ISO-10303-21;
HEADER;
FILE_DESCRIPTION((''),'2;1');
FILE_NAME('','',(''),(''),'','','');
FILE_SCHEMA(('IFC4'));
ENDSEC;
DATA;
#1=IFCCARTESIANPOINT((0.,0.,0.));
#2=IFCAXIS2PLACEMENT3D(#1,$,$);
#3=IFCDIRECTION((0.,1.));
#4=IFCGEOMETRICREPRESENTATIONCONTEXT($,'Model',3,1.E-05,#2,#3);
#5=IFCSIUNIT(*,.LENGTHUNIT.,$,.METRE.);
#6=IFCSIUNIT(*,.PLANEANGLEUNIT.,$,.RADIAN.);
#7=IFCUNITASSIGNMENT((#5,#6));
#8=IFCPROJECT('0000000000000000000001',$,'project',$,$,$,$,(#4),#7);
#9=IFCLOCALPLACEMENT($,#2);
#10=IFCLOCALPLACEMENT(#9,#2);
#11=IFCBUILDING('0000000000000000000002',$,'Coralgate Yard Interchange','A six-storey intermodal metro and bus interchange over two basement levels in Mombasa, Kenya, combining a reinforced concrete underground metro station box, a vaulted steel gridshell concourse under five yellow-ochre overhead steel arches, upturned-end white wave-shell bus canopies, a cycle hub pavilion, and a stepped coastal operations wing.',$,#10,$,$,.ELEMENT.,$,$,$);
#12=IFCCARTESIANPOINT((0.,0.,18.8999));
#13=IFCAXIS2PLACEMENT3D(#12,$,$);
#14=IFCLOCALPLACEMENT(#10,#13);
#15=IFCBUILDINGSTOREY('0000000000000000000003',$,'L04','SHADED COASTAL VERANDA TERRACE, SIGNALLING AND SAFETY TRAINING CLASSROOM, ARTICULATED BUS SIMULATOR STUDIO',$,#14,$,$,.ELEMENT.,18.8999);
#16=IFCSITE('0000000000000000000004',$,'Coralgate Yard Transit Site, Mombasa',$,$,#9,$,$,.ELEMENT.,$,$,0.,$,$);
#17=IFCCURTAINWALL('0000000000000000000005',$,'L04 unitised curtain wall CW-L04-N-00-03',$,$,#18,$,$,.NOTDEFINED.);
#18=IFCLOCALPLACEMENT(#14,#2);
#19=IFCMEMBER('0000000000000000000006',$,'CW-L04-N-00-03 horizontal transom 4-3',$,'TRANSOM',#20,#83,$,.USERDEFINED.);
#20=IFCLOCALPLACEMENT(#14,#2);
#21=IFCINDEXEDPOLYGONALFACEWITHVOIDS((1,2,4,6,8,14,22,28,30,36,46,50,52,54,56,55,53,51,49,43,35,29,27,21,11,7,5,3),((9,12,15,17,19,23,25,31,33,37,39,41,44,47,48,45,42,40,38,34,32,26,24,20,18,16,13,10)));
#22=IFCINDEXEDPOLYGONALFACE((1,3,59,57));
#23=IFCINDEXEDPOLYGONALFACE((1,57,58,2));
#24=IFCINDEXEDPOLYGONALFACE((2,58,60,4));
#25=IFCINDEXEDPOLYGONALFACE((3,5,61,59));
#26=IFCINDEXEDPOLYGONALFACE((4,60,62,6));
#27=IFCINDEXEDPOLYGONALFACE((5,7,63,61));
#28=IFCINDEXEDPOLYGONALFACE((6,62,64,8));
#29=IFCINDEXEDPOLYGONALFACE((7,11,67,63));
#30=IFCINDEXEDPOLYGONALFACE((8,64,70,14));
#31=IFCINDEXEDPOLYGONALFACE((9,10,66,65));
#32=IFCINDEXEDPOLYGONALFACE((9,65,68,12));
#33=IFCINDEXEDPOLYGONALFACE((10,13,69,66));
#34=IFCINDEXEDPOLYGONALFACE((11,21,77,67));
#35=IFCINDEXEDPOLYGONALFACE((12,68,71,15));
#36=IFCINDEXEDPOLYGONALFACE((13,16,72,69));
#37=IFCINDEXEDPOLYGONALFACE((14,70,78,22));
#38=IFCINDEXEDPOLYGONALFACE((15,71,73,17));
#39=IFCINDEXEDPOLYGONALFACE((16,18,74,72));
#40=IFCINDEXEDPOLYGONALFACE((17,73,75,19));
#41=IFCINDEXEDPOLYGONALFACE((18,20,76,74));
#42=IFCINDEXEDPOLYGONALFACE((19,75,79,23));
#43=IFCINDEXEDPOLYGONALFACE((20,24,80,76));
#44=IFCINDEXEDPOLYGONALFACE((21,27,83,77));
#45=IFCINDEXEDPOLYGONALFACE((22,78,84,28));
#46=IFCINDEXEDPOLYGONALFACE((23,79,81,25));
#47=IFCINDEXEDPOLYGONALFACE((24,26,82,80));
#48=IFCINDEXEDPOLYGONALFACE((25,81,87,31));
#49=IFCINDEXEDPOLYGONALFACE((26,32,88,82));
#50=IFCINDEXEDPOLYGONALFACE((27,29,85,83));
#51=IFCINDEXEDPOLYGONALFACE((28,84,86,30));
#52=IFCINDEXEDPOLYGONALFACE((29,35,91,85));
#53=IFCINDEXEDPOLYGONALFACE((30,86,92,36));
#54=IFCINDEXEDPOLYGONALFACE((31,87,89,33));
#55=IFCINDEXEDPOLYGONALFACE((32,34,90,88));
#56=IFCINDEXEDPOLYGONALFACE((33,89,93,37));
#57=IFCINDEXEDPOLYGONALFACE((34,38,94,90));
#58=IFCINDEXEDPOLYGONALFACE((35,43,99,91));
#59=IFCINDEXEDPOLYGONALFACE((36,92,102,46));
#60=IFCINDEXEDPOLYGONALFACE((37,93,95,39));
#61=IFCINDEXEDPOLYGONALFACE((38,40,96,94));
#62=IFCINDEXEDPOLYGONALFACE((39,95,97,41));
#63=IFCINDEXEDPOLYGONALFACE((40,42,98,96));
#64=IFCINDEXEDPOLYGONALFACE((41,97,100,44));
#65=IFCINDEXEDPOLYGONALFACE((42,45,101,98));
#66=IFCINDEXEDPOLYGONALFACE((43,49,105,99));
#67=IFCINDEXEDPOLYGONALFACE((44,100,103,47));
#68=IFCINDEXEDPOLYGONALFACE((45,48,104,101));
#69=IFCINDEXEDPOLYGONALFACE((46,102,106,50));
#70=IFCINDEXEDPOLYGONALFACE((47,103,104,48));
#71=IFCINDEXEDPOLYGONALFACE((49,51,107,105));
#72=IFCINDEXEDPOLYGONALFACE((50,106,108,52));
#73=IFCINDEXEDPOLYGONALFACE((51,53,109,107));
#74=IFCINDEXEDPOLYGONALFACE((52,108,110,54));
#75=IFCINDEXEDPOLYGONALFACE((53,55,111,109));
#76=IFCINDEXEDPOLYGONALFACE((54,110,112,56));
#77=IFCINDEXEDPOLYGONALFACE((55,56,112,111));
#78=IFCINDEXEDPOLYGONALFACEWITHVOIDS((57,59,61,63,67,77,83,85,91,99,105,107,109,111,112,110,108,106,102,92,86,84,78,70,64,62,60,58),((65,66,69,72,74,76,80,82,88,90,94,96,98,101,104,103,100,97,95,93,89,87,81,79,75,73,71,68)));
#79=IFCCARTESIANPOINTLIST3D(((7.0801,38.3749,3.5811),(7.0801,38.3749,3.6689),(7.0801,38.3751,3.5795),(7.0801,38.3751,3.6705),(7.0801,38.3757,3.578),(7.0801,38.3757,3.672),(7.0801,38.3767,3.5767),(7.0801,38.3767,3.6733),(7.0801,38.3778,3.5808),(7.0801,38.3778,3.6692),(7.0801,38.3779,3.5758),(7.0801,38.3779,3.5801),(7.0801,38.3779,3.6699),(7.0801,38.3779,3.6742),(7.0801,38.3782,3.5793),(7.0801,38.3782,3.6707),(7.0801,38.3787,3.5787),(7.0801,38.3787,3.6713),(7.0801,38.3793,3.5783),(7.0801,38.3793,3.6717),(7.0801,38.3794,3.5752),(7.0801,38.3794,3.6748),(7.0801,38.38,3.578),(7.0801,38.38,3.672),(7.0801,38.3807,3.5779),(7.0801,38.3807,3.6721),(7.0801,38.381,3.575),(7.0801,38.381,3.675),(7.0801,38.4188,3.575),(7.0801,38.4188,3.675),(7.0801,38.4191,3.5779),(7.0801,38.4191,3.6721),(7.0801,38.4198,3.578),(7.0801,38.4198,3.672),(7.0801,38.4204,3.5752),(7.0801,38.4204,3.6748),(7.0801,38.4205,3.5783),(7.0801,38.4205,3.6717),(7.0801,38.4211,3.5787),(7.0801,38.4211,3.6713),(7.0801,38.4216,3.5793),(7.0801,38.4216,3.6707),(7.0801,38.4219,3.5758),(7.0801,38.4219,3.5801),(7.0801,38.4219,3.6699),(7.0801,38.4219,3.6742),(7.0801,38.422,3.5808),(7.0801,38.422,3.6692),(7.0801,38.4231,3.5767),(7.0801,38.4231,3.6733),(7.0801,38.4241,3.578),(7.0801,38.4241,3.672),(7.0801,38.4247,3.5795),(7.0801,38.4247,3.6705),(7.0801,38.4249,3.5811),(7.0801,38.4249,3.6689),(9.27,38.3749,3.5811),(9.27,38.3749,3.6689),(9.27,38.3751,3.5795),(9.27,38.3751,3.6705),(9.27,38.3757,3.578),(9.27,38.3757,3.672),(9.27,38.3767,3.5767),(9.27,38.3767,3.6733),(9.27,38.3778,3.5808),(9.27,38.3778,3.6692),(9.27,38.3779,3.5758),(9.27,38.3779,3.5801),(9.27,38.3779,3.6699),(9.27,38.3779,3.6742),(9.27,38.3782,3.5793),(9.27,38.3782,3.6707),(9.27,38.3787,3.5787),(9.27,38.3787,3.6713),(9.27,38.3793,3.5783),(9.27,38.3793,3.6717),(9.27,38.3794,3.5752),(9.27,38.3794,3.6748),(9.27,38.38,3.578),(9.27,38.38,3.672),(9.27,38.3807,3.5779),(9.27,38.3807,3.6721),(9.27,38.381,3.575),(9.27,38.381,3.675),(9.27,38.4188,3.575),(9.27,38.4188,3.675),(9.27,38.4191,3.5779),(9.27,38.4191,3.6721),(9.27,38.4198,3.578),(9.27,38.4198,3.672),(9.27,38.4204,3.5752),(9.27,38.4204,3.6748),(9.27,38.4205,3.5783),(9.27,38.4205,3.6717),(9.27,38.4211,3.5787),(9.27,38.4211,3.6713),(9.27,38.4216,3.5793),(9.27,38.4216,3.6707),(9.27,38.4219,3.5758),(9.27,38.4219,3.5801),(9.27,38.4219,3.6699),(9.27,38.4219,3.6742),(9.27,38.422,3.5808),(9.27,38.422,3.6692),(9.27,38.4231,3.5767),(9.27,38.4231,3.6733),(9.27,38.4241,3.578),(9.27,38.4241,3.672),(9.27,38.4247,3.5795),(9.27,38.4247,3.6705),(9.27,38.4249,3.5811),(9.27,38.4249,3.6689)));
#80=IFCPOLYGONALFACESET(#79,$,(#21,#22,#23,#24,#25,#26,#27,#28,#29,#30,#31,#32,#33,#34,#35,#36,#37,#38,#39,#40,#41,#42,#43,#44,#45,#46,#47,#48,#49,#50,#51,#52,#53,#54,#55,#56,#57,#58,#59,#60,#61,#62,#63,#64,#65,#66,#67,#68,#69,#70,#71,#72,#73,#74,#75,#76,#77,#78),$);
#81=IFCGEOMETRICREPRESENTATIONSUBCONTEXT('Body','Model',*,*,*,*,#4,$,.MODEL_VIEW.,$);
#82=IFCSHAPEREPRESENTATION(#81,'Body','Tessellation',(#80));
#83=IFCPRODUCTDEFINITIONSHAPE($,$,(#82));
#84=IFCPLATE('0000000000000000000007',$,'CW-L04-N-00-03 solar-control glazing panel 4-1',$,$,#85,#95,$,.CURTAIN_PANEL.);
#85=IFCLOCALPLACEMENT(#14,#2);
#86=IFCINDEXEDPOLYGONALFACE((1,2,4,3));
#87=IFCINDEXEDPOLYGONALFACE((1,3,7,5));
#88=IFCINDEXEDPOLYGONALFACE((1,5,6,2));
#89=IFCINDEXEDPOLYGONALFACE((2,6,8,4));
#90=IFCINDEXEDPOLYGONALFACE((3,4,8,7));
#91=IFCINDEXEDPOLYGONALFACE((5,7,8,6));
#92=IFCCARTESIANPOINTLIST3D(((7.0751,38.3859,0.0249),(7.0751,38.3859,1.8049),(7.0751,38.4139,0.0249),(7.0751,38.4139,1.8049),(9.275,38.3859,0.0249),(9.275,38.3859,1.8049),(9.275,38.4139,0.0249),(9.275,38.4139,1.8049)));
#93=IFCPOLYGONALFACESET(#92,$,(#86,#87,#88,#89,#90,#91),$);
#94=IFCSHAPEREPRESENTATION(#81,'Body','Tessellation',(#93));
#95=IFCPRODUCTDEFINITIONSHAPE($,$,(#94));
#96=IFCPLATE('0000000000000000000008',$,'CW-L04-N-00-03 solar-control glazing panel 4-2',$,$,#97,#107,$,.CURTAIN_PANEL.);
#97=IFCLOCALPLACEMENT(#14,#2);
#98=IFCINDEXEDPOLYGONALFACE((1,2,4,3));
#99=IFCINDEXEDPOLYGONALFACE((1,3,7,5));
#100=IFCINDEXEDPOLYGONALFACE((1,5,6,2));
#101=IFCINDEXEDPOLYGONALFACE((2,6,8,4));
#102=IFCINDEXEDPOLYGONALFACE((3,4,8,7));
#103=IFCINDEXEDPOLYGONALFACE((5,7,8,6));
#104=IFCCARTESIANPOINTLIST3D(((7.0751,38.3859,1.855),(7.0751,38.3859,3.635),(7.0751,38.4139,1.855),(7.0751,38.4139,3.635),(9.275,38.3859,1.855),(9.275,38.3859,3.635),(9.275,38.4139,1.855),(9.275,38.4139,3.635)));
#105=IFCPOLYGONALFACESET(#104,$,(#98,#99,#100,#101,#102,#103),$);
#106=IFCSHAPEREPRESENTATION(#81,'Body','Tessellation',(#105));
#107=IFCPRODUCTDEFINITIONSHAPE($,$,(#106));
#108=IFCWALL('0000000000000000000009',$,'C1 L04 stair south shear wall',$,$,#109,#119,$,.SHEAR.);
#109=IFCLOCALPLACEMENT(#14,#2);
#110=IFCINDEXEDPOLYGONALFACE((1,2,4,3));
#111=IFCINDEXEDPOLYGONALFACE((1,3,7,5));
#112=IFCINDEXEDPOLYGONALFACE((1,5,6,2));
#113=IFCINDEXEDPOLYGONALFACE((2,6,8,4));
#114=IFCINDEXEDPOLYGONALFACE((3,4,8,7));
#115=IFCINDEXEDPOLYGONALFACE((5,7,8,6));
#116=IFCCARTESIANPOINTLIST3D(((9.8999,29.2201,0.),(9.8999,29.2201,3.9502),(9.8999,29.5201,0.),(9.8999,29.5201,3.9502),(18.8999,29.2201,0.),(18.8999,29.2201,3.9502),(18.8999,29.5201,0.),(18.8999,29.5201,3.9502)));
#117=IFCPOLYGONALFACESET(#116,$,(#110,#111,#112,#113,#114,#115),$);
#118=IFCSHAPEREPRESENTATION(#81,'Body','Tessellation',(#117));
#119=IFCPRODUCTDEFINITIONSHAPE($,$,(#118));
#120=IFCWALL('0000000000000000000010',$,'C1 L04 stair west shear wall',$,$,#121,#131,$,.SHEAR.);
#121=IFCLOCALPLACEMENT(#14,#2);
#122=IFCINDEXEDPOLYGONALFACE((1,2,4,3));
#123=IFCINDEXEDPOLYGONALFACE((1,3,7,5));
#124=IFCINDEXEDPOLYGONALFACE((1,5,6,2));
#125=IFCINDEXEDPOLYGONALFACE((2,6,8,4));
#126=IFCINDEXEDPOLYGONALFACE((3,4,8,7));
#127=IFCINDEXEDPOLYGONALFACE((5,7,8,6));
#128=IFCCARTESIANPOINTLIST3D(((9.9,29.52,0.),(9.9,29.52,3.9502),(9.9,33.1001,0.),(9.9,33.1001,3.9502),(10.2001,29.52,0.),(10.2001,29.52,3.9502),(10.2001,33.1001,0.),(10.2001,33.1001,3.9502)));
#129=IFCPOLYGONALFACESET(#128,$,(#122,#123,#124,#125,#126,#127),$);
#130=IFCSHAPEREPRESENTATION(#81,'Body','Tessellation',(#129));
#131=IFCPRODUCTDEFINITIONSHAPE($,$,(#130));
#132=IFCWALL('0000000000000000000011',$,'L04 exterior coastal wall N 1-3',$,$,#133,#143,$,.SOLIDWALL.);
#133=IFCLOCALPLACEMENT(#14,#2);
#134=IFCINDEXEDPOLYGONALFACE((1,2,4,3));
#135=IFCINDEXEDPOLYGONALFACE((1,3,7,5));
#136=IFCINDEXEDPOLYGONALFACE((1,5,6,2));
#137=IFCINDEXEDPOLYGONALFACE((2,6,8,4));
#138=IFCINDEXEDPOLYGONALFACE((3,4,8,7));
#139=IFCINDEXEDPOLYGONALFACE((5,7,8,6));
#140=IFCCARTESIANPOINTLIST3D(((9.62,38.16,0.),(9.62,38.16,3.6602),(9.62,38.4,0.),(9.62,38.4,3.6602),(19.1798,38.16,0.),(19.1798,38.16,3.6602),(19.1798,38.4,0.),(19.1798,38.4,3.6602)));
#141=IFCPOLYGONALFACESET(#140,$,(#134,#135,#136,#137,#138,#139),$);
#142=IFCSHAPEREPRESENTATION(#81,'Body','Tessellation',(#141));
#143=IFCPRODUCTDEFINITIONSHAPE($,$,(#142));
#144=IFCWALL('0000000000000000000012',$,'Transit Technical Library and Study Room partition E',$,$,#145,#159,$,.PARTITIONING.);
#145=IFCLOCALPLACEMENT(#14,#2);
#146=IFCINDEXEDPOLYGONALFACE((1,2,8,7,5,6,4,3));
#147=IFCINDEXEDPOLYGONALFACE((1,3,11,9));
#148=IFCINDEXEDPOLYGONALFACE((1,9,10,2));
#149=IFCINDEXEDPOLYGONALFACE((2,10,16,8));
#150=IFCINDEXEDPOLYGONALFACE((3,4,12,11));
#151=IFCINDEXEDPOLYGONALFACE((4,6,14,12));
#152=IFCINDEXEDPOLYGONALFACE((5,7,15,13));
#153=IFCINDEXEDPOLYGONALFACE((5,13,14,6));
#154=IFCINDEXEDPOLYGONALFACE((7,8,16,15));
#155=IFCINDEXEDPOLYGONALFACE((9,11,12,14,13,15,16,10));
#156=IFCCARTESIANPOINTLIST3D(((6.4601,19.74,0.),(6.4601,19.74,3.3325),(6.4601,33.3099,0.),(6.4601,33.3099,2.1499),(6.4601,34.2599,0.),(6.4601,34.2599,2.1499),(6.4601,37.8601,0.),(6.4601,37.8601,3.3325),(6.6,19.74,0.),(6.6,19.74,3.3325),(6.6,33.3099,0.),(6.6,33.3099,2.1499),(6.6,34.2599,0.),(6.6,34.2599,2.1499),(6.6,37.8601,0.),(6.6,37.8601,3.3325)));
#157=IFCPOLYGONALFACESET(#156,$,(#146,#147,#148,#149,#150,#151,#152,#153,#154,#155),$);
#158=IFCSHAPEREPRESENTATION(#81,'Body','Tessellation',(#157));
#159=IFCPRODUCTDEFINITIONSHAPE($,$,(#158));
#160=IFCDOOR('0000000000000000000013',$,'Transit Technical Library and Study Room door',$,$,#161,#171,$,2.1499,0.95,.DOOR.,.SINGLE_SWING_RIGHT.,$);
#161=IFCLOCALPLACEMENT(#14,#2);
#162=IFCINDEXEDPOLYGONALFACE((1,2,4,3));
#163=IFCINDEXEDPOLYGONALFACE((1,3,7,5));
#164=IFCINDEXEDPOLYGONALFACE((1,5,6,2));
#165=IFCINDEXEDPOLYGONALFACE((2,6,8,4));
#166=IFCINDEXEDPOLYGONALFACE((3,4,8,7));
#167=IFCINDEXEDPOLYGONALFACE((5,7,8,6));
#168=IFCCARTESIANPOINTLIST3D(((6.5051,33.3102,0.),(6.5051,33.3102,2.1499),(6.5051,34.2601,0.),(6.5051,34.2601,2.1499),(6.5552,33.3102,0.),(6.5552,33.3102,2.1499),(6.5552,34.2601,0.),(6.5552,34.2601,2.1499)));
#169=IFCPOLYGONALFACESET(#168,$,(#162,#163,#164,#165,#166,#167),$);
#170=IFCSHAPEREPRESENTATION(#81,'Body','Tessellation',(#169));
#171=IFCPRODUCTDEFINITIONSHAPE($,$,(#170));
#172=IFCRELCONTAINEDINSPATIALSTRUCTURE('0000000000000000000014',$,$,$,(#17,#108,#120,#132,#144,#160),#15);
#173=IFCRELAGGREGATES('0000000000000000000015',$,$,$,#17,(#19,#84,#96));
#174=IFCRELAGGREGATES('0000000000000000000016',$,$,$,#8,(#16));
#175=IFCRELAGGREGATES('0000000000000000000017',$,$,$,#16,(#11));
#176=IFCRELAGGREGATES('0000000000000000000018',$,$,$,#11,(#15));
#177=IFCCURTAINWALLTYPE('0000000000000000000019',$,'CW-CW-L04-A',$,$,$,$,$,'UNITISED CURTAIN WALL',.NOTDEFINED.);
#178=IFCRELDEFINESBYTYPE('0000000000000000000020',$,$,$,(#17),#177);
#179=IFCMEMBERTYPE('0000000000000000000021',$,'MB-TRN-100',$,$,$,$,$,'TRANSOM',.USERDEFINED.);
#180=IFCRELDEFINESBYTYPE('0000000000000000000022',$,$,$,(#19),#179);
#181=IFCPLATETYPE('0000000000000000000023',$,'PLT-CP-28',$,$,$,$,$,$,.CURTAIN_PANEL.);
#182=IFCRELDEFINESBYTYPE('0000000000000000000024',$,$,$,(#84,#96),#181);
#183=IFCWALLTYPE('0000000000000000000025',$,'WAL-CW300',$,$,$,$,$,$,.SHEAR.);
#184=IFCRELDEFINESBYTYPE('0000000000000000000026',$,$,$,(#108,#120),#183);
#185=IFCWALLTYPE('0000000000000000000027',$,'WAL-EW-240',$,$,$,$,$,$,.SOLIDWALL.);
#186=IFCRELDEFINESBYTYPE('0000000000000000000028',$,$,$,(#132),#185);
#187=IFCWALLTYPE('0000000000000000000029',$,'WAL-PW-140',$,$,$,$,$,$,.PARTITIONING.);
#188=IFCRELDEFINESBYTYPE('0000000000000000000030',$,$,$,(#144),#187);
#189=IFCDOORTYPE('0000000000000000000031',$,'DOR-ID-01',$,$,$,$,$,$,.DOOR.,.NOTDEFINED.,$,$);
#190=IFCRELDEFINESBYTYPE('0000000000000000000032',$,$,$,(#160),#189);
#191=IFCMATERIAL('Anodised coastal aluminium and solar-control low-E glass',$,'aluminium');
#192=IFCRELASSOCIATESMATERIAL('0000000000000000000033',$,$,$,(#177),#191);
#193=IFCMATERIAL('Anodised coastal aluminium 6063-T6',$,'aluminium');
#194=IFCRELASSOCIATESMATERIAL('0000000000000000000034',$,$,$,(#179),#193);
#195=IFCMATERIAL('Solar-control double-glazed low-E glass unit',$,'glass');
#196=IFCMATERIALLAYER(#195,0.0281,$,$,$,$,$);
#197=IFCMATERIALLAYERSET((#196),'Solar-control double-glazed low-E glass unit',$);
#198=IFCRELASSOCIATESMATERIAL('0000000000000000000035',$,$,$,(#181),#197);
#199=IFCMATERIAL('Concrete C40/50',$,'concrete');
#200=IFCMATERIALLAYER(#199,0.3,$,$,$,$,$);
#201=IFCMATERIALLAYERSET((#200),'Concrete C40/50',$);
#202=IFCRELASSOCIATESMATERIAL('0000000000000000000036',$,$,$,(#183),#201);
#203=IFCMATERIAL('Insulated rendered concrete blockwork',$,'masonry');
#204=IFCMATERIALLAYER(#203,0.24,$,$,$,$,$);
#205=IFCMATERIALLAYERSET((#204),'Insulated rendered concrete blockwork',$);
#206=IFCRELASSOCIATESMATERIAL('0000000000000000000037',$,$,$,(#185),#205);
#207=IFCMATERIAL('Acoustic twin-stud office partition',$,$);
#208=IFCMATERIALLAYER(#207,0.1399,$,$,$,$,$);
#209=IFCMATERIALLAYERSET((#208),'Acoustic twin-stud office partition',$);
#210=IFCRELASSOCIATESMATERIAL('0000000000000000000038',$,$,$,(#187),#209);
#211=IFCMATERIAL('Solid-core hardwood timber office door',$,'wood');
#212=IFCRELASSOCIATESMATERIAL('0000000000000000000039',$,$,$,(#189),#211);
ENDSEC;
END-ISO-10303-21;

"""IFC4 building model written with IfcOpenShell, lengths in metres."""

from ifc_helpers import new_model, si_unit, direction, frame, frame_2d, origin, origin_2d, place, context, subcontext, project, spatial, rectangle, hollow_rectangle, extrude, material, layer, layer_set, material_profile, profile_set, type_object, element, fill, aggregate, save


model = new_model("IFC4")

# Units and contexts
model_context = context("Model", 3, precision=1e-05, world=origin(), true_north=direction((0.0, 1.0)))
body_context = subcontext(model_context, "Body", "Model", "MODEL_VIEW")
ifc_project = project(units=[si_unit("LENGTHUNIT", "METRE"), si_unit("PLANEANGLEUNIT", "RADIAN")], contexts=[model_context])

# Site, building, storey
site_placement = place(None, origin())
site = spatial("IfcSite", under=ifc_project, at=site_placement, Name="Coralgate Yard Transit Site, Mombasa", CompositionType="ELEMENT", RefElevation=0.0)
building_placement = place(site_placement, origin())
building = spatial("IfcBuilding", under=site, at=building_placement, Name="Coralgate Yard Interchange", Description="A six-storey intermodal metro and bus interchange over two basement levels in Mombasa, Kenya, combining a reinforced concrete underground metro station box, a vaulted steel gridshell concourse under five yellow-ochre overhead steel arches, upturned-end white wave-shell bus canopies, a cycle hub pavilion, and a stepped coastal operations wing.", CompositionType="ELEMENT")
storey_placement = place(building_placement, frame((0.0, 0.0, 18.8999)))
storey = spatial("IfcBuildingStorey", under=building, at=storey_placement, Name="L04", Description="SHADED COASTAL VERANDA TERRACE, SIGNALLING AND SAFETY TRAINING CLASSROOM, ARTICULATED BUS SIMULATOR STUDIO", CompositionType="ELEMENT", Elevation=18.8999)

# Curtain wall, member, plates
ifc_material_1 = material(Name="Anodised coastal aluminium and solar-control low-E glass", Category="aluminium")
curtain_wall_type = type_object("IfcCurtainWallType", Name="CW-CW-L04-A", ElementType="UNITISED CURTAIN WALL", PredefinedType="NOTDEFINED", material=ifc_material_1)
curtain_wall_placement = place(storey_placement, origin())
curtain_wall = element("IfcCurtainWall", 1, at=curtain_wall_placement, inside=storey, type_object=curtain_wall_type, Name="L04 unitised curtain wall CW-L04-N-00-03", PredefinedType="NOTDEFINED")
ifc_material_2 = material(Name="Anodised coastal aluminium 6063-T6", Category="aluminium")
ifc_material_profile_1 = material_profile(ifc_material_2, hollow_rectangle(XDim=0.05, YDim=0.1001, WallThickness=0.0029, InnerFilletRadius=0.0029, OuterFilletRadius=0.0061, at=origin_2d()), Name="ALU 50x100x3")
ifc_profile_set_1 = profile_set([ifc_material_profile_1], Name="Anodised coastal aluminium 6063-T6")
member_type_1 = type_object("IfcMemberType", Name="MB-TRN-100", ElementType="TRANSOM", PredefinedType="USERDEFINED", material=ifc_profile_set_1)
member_1_placement = place(storey_placement, frame((7.0801, 38.3999, 3.625), z_axis=(1.0, 0.0, 0.0), x_axis=(0.0, 1.0, 0.0)))
member_1 = element("IfcMember", 2, at=member_1_placement, type_object=member_type_1, Name="CW-L04-N-00-03 horizontal transom 4-3", ObjectType="TRANSOM", PredefinedType="USERDEFINED", context=body_context, shape_type="SweptSolid", body=[
    extrude(hollow_rectangle(XDim=0.05, YDim=0.1001, WallThickness=0.0029, InnerFilletRadius=0.0029, OuterFilletRadius=0.0061, at=origin_2d()), origin(), (0.0, 0.0, 1.0), 2.1899),
])
ifc_material_3 = material(Name="Solar-control double-glazed low-E glass unit", Category="glass")
ifc_layer_1 = layer(ifc_material_3, 0.0281)
ifc_layer_set_1 = layer_set([ifc_layer_1], Name="Solar-control double-glazed low-E glass unit")
plate_type = type_object("IfcPlateType", Name="PLT-CP-28", PredefinedType="CURTAIN_PANEL", material=ifc_layer_set_1)
plate_1_placement = place(storey_placement, frame((8.175, 38.3999, 0.0249), z_axis=(0.0, 0.0, 1.0), x_axis=(1.0, 0.0, 0.0)))
plate_1 = element("IfcPlate", 3, at=plate_1_placement, type_object=plate_type, Name="CW-L04-N-00-03 solar-control glazing panel 4-1", PredefinedType="CURTAIN_PANEL", context=body_context, shape_type="SweptSolid", body=[
    extrude(rectangle(XDim=2.2, YDim=0.0281, at=origin_2d()), origin(), (0.0, 0.0, 1.0), 1.78),
])
plate_2_placement = place(storey_placement, frame((8.175, 38.3999, 1.855), z_axis=(0.0, 0.0, 1.0), x_axis=(1.0, 0.0, 0.0)))
plate_2 = element("IfcPlate", 4, at=plate_2_placement, type_object=plate_type, Name="CW-L04-N-00-03 solar-control glazing panel 4-2", PredefinedType="CURTAIN_PANEL", context=body_context, shape_type="SweptSolid", body=[
    extrude(rectangle(XDim=2.2, YDim=0.0281, at=origin_2d()), origin(), (0.0, 0.0, 1.0), 1.78),
])
aggregate(curtain_wall, [member_1, plate_1, plate_2])

# Walls
ifc_material_4 = material(Name="Concrete C40/50", Category="concrete")
ifc_layer_2 = layer(ifc_material_4, 0.3)
ifc_layer_set_2 = layer_set([ifc_layer_2], Name="Concrete C40/50")
wall_type_1 = type_object("IfcWallType", Name="WAL-CW300", PredefinedType="SHEAR", material=ifc_layer_set_2)
wall_1_placement = place(storey_placement, frame((9.8999, 29.3701, 0.0), z_axis=(0.0, 0.0, 1.0), x_axis=(1.0, 0.0, 0.0)))
element("IfcWall", 5, at=wall_1_placement, inside=storey, type_object=wall_type_1, Name="C1 L04 stair south shear wall", PredefinedType="SHEAR", context=body_context, shape_type="SweptSolid", body=[
    extrude(rectangle(XDim=9.0, YDim=0.3, at=frame_2d((4.5, 0.0))), origin(), (0.0, 0.0, 1.0), 3.9502),
])
wall_2_placement = place(storey_placement, frame((10.05, 29.52, 0.0), z_axis=(0.0, 0.0, 1.0), x_axis=(0.0, 1.0, 0.0)))
element("IfcWall", 6, at=wall_2_placement, inside=storey, type_object=wall_type_1, Name="C1 L04 stair west shear wall", PredefinedType="SHEAR", context=body_context, shape_type="SweptSolid", body=[
    extrude(rectangle(XDim=3.5801, YDim=0.3, at=frame_2d((1.79, 0.0))), origin(), (0.0, 0.0, 1.0), 3.9502),
])
ifc_material_5 = material(Name="Insulated rendered concrete blockwork", Category="masonry")
ifc_layer_3 = layer(ifc_material_5, 0.24)
ifc_layer_set_3 = layer_set([ifc_layer_3], Name="Insulated rendered concrete blockwork")
wall_type_2 = type_object("IfcWallType", Name="WAL-EW-240", PredefinedType="SOLIDWALL", material=ifc_layer_set_3)
wall_3_placement = place(storey_placement, frame((9.6201, 38.28, 0.0), z_axis=(0.0, 0.0, 1.0), x_axis=(1.0, 0.0, 0.0)))
element("IfcWall", 7, at=wall_3_placement, inside=storey, type_object=wall_type_2, Name="L04 exterior coastal wall N 1-3", PredefinedType="SOLIDWALL", context=body_context, shape_type="SweptSolid", body=[
    extrude(rectangle(XDim=9.5598, YDim=0.24, at=frame_2d((4.7798, 0.0))), origin(), (0.0, 0.0, 1.0), 3.6602),
])

# Wall, opening, door
ifc_material_6 = material(Name="Acoustic twin-stud office partition")
ifc_layer_4 = layer(ifc_material_6, 0.1399)
ifc_layer_set_4 = layer_set([ifc_layer_4], Name="Acoustic twin-stud office partition")
wall_type_3 = type_object("IfcWallType", Name="WAL-PW-140", PredefinedType="PARTITIONING", material=ifc_layer_set_4)
wall_4_placement = place(storey_placement, frame((6.53, 37.8601, 0.0), z_axis=(0.0, 0.0, 1.0), x_axis=(0.0, -1.0, 0.0)))
wall_4 = element("IfcWall", 8, at=wall_4_placement, inside=storey, type_object=wall_type_3, Name="Transit Technical Library and Study Room partition E", PredefinedType="PARTITIONING", context=body_context, shape_type="SweptSolid", body=[
    extrude(rectangle(XDim=18.1201, YDim=0.1399, at=frame_2d((9.0601, 0.0))), origin(), (0.0, 0.0, 1.0), 3.3325),
])
opening_1_placement = place(wall_4_placement, frame((3.6001, 0.0, 0.0)))
opening_1 = element("IfcOpeningElement", 9, at=opening_1_placement, cuts=wall_4, PredefinedType="OPENING", context=body_context, shape_type="SweptSolid", body=[
    extrude(rectangle(XDim=0.95, YDim=2.1499, at=frame_2d((0.4751, 1.075))), frame((0.0, 0.0798, 0.0), z_axis=(0.0, -1.0, 0.0), x_axis=(1.0, 0.0, 0.0)), (0.0, 0.0, 1.0), 0.1599),
])
ifc_material_7 = material(Name="Solid-core hardwood timber office door", Category="wood")
door_type_1 = type_object("IfcDoorType", Name="DOR-ID-01", OperationType="NOTDEFINED", PredefinedType="DOOR", material=ifc_material_7)
door_1_placement = place(opening_1_placement, frame((0.95, 0.0, 0.0), z_axis=(0.0, 0.0, 1.0), x_axis=(-1.0, 0.0, 0.0)))
door_1 = element("IfcDoor", 10, at=door_1_placement, inside=storey, type_object=door_type_1, Name="Transit Technical Library and Study Room door", OperationType="SINGLE_SWING_RIGHT", OverallHeight=2.1499, OverallWidth=0.95, PredefinedType="DOOR", context=body_context, shape_type="SweptSolid", body=[
    extrude(rectangle(XDim=0.95, YDim=2.1499, at=frame_2d((0.4751, 1.075))), frame((0.0, 0.0249, 0.0), z_axis=(0.0, -1.0, 0.0), x_axis=(1.0, 0.0, 0.0)), (0.0, 0.0, 1.0), 0.05),
])
fill(opening_1, door_1)

save(model, "model.ifc")
